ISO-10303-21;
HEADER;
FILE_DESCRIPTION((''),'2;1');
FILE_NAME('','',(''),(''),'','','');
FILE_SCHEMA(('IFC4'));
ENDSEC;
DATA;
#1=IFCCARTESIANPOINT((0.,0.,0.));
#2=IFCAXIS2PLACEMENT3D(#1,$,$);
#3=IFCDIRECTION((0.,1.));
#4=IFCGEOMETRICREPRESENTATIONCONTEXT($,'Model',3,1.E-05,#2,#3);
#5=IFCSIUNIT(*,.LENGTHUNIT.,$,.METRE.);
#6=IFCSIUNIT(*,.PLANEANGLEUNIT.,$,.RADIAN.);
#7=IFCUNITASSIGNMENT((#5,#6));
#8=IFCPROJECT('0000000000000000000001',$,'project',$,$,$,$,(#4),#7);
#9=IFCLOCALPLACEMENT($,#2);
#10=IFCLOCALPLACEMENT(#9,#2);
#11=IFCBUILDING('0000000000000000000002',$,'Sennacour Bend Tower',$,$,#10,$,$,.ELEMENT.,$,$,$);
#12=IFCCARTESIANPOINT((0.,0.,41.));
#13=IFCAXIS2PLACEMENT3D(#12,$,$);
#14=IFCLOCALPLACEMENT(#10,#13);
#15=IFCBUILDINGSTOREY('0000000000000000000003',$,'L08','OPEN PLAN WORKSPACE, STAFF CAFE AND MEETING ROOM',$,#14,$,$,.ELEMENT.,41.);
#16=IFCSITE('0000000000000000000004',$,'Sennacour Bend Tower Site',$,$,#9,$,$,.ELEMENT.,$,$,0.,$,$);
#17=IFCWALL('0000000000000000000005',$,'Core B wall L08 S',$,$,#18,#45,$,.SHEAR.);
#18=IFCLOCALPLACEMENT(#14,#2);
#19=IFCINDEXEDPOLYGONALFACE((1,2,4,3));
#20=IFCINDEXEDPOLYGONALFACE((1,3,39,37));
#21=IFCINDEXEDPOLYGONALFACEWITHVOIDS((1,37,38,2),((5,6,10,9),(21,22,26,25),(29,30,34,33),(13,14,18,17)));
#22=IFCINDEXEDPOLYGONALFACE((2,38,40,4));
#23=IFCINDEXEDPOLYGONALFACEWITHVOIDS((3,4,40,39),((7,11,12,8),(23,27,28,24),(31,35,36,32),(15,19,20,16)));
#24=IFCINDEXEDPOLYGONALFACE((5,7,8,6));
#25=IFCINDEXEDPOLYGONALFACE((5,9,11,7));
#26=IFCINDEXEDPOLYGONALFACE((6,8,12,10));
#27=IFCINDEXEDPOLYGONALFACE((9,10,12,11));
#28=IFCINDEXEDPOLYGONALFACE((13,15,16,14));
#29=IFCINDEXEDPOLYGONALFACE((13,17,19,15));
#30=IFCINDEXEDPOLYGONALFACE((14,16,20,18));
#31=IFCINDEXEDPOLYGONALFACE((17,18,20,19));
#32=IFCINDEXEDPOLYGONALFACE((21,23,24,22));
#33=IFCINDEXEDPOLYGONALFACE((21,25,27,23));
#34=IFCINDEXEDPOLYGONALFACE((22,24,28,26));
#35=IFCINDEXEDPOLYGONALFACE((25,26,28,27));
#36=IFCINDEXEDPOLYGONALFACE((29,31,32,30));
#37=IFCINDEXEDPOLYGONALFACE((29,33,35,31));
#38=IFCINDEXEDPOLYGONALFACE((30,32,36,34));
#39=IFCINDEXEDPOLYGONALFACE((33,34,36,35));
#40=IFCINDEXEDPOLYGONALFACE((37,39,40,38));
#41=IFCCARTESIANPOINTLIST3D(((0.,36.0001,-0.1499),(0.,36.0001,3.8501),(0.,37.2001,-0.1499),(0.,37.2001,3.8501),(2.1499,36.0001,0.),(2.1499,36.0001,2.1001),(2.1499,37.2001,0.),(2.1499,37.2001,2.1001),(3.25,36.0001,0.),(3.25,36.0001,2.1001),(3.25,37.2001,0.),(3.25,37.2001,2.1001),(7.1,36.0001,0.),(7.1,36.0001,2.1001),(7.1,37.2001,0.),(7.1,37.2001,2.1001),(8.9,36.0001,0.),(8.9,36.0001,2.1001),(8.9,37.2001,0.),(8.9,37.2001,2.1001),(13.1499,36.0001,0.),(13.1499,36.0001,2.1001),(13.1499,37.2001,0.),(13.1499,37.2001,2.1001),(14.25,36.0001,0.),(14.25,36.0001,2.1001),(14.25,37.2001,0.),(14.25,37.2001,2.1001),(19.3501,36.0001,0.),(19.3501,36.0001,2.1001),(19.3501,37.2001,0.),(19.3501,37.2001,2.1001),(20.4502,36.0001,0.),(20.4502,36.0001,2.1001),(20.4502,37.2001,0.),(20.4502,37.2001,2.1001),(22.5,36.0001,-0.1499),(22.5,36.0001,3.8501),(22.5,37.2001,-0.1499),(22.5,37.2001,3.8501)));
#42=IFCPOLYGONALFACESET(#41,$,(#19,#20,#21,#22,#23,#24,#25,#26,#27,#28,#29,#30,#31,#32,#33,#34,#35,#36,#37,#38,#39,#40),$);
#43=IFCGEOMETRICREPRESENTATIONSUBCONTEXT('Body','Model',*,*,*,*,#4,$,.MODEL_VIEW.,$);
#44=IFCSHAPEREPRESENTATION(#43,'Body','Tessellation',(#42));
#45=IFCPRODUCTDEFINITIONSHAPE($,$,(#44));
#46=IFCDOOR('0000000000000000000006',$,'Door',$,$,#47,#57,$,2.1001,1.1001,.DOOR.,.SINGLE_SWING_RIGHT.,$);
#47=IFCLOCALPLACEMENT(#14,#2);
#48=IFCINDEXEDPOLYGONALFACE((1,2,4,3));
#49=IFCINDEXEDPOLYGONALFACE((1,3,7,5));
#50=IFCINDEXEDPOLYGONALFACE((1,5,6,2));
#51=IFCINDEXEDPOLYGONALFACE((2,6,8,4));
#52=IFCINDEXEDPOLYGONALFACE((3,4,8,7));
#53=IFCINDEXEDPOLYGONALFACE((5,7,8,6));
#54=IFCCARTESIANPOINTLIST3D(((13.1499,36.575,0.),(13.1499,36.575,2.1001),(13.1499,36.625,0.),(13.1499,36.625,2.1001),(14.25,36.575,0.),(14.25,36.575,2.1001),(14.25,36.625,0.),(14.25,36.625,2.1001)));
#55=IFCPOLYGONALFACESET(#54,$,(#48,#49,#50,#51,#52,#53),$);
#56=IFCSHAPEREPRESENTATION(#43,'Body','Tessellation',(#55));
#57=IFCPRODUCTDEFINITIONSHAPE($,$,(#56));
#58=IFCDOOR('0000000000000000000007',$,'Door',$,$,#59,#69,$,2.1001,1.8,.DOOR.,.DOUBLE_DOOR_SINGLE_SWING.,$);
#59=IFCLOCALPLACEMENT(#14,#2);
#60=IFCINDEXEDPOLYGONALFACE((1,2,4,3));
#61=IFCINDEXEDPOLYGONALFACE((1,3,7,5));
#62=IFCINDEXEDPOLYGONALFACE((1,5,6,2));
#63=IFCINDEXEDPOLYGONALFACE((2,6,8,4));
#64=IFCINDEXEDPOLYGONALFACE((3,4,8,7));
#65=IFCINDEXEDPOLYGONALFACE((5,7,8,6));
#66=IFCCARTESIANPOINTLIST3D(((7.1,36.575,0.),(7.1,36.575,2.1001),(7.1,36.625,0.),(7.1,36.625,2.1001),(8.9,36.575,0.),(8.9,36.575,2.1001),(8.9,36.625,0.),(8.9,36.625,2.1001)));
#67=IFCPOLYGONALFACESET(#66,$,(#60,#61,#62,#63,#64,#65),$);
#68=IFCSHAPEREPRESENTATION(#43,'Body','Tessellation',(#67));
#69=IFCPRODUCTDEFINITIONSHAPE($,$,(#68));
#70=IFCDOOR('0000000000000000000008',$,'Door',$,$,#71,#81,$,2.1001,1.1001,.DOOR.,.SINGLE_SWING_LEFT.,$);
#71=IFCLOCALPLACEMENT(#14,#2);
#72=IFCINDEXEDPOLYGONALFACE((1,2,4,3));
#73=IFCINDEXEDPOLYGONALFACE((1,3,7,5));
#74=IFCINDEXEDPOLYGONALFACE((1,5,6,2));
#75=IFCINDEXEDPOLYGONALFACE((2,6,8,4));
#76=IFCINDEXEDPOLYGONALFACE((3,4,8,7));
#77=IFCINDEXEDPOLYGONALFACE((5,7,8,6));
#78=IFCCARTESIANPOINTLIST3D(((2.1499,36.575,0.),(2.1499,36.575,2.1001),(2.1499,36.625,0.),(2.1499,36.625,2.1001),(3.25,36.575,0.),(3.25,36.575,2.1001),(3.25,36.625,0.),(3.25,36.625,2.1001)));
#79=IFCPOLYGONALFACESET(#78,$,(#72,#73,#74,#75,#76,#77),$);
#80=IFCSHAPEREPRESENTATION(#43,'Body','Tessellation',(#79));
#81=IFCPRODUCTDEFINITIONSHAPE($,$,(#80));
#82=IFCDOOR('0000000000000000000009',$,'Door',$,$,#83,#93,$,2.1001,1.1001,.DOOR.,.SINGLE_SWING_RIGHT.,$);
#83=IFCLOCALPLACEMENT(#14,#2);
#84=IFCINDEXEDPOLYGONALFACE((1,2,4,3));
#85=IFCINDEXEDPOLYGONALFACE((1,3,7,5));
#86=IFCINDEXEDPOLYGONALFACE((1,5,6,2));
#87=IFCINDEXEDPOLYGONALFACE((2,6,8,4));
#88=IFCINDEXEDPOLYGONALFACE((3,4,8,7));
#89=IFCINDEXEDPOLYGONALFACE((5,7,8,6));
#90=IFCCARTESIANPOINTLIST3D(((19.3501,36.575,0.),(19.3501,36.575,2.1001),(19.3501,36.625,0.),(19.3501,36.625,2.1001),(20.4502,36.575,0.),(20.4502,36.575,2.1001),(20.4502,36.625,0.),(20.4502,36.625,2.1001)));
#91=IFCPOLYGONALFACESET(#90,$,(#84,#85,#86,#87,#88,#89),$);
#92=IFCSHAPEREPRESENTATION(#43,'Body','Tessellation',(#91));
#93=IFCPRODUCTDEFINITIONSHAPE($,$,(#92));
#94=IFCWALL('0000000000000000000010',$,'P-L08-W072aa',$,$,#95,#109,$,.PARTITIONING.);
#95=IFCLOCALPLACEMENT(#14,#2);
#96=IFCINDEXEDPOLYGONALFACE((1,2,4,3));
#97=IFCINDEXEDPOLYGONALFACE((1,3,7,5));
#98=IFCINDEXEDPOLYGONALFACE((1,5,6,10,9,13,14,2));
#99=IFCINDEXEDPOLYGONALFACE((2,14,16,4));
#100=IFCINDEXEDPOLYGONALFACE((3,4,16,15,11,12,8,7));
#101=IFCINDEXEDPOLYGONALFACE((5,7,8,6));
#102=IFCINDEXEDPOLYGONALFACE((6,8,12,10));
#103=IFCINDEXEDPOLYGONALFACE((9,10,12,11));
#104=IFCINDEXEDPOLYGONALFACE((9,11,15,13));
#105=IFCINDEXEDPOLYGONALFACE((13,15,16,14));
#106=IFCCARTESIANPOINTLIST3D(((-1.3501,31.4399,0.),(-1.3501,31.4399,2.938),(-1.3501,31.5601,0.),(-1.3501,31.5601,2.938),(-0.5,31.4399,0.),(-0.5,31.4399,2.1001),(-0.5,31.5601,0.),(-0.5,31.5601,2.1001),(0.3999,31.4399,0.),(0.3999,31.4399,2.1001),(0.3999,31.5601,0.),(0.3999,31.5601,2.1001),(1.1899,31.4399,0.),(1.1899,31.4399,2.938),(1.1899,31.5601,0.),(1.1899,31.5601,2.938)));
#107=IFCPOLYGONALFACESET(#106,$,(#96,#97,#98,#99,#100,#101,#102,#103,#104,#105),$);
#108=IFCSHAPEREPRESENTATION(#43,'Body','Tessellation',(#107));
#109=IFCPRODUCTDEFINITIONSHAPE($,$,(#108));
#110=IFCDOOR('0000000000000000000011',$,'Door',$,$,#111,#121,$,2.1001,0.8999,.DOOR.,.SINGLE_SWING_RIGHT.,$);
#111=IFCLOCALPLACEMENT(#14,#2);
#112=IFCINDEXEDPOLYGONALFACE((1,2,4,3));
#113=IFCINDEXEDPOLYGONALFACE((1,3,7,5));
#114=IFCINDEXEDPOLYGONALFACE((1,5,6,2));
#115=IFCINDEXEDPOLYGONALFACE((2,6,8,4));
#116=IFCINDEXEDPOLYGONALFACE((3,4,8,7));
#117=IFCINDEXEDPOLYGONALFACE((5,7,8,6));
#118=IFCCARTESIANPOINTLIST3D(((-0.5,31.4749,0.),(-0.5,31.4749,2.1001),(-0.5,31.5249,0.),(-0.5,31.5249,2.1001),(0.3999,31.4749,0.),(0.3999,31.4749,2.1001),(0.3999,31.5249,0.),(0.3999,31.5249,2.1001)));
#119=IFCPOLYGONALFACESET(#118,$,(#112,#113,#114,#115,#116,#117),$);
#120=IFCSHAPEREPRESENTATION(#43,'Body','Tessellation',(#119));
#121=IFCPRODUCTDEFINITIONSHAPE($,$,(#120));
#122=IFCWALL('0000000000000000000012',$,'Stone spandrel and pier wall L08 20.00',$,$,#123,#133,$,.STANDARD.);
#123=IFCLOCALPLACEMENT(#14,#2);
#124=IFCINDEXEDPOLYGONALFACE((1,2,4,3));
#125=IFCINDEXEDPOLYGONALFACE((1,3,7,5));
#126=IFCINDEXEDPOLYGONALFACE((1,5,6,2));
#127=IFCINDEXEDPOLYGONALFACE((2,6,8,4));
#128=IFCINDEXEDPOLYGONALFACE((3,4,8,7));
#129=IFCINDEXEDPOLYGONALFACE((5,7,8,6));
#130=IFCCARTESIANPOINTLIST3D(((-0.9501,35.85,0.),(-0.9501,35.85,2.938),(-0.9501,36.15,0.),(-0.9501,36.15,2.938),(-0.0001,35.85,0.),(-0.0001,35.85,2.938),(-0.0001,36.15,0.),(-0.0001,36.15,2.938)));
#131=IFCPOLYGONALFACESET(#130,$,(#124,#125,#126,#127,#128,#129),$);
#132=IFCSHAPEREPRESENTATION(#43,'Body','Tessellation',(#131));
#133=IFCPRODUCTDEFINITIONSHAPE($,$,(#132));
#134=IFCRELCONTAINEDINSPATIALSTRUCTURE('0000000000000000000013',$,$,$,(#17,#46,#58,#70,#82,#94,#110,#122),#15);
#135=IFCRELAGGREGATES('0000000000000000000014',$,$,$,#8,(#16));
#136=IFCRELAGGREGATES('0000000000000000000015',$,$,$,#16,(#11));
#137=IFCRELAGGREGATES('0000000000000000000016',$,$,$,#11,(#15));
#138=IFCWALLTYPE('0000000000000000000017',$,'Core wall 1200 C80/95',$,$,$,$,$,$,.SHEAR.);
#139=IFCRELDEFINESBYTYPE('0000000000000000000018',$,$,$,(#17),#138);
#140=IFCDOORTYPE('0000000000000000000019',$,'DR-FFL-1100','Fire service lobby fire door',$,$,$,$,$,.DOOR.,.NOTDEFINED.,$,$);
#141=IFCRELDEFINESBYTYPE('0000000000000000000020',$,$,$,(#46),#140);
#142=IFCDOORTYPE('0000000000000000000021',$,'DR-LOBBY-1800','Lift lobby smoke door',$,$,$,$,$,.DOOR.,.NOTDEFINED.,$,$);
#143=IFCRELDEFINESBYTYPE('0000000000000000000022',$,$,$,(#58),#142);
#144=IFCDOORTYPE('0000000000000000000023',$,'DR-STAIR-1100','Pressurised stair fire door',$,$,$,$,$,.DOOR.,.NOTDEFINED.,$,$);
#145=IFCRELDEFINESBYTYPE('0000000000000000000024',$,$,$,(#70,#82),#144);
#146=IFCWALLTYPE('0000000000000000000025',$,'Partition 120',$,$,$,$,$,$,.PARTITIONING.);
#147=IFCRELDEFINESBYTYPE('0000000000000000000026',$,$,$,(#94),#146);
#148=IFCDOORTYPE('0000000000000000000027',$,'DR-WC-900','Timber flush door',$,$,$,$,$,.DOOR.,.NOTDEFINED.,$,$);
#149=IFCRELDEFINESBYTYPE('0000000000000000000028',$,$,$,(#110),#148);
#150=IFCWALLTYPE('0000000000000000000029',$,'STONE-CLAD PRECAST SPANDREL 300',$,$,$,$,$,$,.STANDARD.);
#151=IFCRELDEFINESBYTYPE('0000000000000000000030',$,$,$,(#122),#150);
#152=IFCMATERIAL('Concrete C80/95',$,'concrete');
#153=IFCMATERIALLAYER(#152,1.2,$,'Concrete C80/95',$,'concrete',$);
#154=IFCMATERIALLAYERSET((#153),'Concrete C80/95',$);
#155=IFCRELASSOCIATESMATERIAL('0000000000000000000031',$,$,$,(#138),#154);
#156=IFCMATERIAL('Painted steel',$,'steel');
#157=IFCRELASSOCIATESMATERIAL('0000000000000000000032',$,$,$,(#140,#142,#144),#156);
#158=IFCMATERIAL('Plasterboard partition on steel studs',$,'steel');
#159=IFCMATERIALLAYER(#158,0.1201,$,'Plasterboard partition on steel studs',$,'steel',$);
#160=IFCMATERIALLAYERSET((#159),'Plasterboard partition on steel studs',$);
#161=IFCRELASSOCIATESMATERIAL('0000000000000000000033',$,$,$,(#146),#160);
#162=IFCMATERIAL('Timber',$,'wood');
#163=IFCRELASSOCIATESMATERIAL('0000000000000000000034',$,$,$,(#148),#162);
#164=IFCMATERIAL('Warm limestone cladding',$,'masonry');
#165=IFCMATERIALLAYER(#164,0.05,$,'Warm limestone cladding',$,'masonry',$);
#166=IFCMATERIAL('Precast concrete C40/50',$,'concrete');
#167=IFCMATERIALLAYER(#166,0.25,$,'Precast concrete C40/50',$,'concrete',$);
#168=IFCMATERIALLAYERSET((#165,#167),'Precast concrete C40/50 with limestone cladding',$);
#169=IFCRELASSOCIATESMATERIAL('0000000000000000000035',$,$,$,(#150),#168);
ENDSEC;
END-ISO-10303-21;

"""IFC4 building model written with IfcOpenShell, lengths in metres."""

from ifc_helpers import new_model, si_unit, direction, frame, frame_2d, origin, place, context, subcontext, project, spatial, rectangle, extrude, material, layer, layer_set, type_object, element, fill, save


model = new_model("IFC4")

# Units and contexts
model_context = context("Model", 3, precision=1e-05, world=origin(), true_north=direction((0.0, 1.0)))
body_context = subcontext(model_context, "Body", "Model", "MODEL_VIEW")
ifc_project = project(units=[si_unit("LENGTHUNIT", "METRE"), si_unit("PLANEANGLEUNIT", "RADIAN")], contexts=[model_context])

# Site, building, storey
site_placement = place(None, origin())
site = spatial("IfcSite", under=ifc_project, at=site_placement, Name="Sennacour Bend Tower Site", CompositionType="ELEMENT", RefElevation=0.0)
building_placement = place(site_placement, origin())
building = spatial("IfcBuilding", under=site, at=building_placement, Name="Sennacour Bend Tower", CompositionType="ELEMENT")
storey_placement = place(building_placement, frame((0.0, 0.0, 41.0)))
storey = spatial("IfcBuildingStorey", under=building, at=storey_placement, Name="L08", Description="OPEN PLAN WORKSPACE, STAFF CAFE AND MEETING ROOM", CompositionType="ELEMENT", Elevation=41.0)

# Wall, openings, doors
ifc_material_1 = material(Name="Concrete C80/95", Category="concrete")
ifc_layer_1 = layer(ifc_material_1, 1.2, Name="Concrete C80/95", Category="concrete")
ifc_layer_set_1 = layer_set([ifc_layer_1], Name="Concrete C80/95")
wall_type_1 = type_object("IfcWallType", Name="Core wall 1200 C80/95", PredefinedType="SHEAR", material=ifc_layer_set_1)
wall_1_placement = place(storey_placement, frame((0.0, 36.6001, -0.1499), z_axis=(0.0, 0.0, 1.0), x_axis=(1.0, 0.0, 0.0)))
wall_1 = element("IfcWall", 1, at=wall_1_placement, inside=storey, type_object=wall_type_1, Name="Core B wall L08 S", PredefinedType="SHEAR", context=body_context, shape_type="SweptSolid", body=[
    extrude(rectangle(XDim=22.5, YDim=1.2, at=frame_2d((11.25, 0.0))), origin(), (0.0, 0.0, 1.0), 4.0),
])
opening_1_placement = place(wall_1_placement, frame((7.1001, 0.0, 0.1499)))
opening_1 = element("IfcOpeningElement", 2, at=opening_1_placement, cuts=wall_1, PredefinedType="OPENING", context=body_context, shape_type="SweptSolid", body=[
    extrude(rectangle(XDim=1.8, YDim=2.1001, at=frame_2d((0.8999, 1.05))), frame((0.0, 0.6099, 0.0), z_axis=(0.0, -1.0, 0.0), x_axis=(1.0, 0.0, 0.0)), (0.0, 0.0, 1.0), 1.22),
])
opening_2_placement = place(wall_1_placement, frame((13.1499, 0.0, 0.1499)))
opening_2 = element("IfcOpeningElement", 3, at=opening_2_placement, cuts=wall_1, PredefinedType="OPENING", context=body_context, shape_type="SweptSolid", body=[
    extrude(rectangle(XDim=1.1001, YDim=2.1001, at=frame_2d((0.55, 1.05))), frame((0.0, 0.6099, 0.0), z_axis=(0.0, -1.0, 0.0), x_axis=(1.0, 0.0, 0.0)), (0.0, 0.0, 1.0), 1.22),
])
opening_3_placement = place(wall_1_placement, frame((2.1499, 0.0, 0.1499)))
opening_3 = element("IfcOpeningElement", 4, at=opening_3_placement, cuts=wall_1, PredefinedType="OPENING", context=body_context, shape_type="SweptSolid", body=[
    extrude(rectangle(XDim=1.1001, YDim=2.1001, at=frame_2d((0.55, 1.05))), frame((0.0, 0.6099, 0.0), z_axis=(0.0, -1.0, 0.0), x_axis=(1.0, 0.0, 0.0)), (0.0, 0.0, 1.0), 1.22),
])
opening_4_placement = place(wall_1_placement, frame((19.3501, 0.0, 0.1499)))
opening_4 = element("IfcOpeningElement", 5, at=opening_4_placement, cuts=wall_1, PredefinedType="OPENING", context=body_context, shape_type="SweptSolid", body=[
    extrude(rectangle(XDim=1.1001, YDim=2.1001, at=frame_2d((0.55, 1.05))), frame((0.0, 0.6099, 0.0), z_axis=(0.0, -1.0, 0.0), x_axis=(1.0, 0.0, 0.0)), (0.0, 0.0, 1.0), 1.22),
])
ifc_material_2 = material(Name="Painted steel", Category="steel")
door_type_1 = type_object("IfcDoorType", Name="DR-FFL-1100", Description="Fire service lobby fire door", OperationType="NOTDEFINED", PredefinedType="DOOR", material=ifc_material_2)
door_1_placement = place(opening_2_placement, origin())
door_1 = element("IfcDoor", 6, at=door_1_placement, inside=storey, type_object=door_type_1, Name="Door", OperationType="SINGLE_SWING_RIGHT", OverallHeight=2.1001, OverallWidth=1.1001, PredefinedType="DOOR", context=body_context, shape_type="SweptSolid", body=[
    extrude(rectangle(XDim=1.1001, YDim=2.1001, at=frame_2d((0.55, 1.05))), frame((0.0, 0.0249, 0.0), z_axis=(0.0, -1.0, 0.0), x_axis=(1.0, 0.0, 0.0)), (0.0, 0.0, 1.0), 0.05),
])
fill(opening_2, door_1)
door_type_2 = type_object("IfcDoorType", Name="DR-LOBBY-1800", Description="Lift lobby smoke door", OperationType="NOTDEFINED", PredefinedType="DOOR", material=ifc_material_2)
door_2_placement = place(opening_1_placement, origin())
door_2 = element("IfcDoor", 7, at=door_2_placement, inside=storey, type_object=door_type_2, Name="Door", OperationType="DOUBLE_DOOR_SINGLE_SWING", OverallHeight=2.1001, OverallWidth=1.8, PredefinedType="DOOR", context=body_context, shape_type="SweptSolid", body=[
    extrude(rectangle(XDim=1.8, YDim=2.1001, at=frame_2d((0.8999, 1.05))), frame((0.0, 0.0249, 0.0), z_axis=(0.0, -1.0, 0.0), x_axis=(1.0, 0.0, 0.0)), (0.0, 0.0, 1.0), 0.05),
])
fill(opening_1, door_2)
door_type_3 = type_object("IfcDoorType", Name="DR-STAIR-1100", Description="Pressurised stair fire door", OperationType="NOTDEFINED", PredefinedType="DOOR", material=ifc_material_2)
door_3_placement = place(opening_3_placement, origin())
door_3 = element("IfcDoor", 8, at=door_3_placement, inside=storey, type_object=door_type_3, Name="Door", OperationType="SINGLE_SWING_LEFT", OverallHeight=2.1001, OverallWidth=1.1001, PredefinedType="DOOR", context=body_context, shape_type="SweptSolid", body=[
    extrude(rectangle(XDim=1.1001, YDim=2.1001, at=frame_2d((0.55, 1.05))), frame((0.0, 0.0249, 0.0), z_axis=(0.0, -1.0, 0.0), x_axis=(1.0, 0.0, 0.0)), (0.0, 0.0, 1.0), 0.05),
])
fill(opening_3, door_3)
door_4_placement = place(opening_4_placement, origin())
door_4 = element("IfcDoor", 9, at=door_4_placement, inside=storey, type_object=door_type_3, Name="Door", OperationType="SINGLE_SWING_RIGHT", OverallHeight=2.1001, OverallWidth=1.1001, PredefinedType="DOOR", context=body_context, shape_type="SweptSolid", body=[
    extrude(rectangle(XDim=1.1001, YDim=2.1001, at=frame_2d((0.55, 1.05))), frame((0.0, 0.0249, 0.0), z_axis=(0.0, -1.0, 0.0), x_axis=(1.0, 0.0, 0.0)), (0.0, 0.0, 1.0), 0.05),
])
fill(opening_4, door_4)

# Wall, opening, door
ifc_material_3 = material(Name="Plasterboard partition on steel studs", Category="steel")
ifc_layer_2 = layer(ifc_material_3, 0.1201, Name="Plasterboard partition on steel studs", Category="steel")
ifc_layer_set_2 = layer_set([ifc_layer_2], Name="Plasterboard partition on steel studs")
wall_type_2 = type_object("IfcWallType", Name="Partition 120", PredefinedType="PARTITIONING", material=ifc_layer_set_2)
wall_2_placement = place(storey_placement, frame((-1.3501, 31.5, 0.0), z_axis=(0.0, 0.0, 1.0), x_axis=(1.0, 0.0, 0.0)))
wall_2 = element("IfcWall", 10, at=wall_2_placement, inside=storey, type_object=wall_type_2, Name="P-L08-W072aa", PredefinedType="PARTITIONING", context=body_context, shape_type="SweptSolid", body=[
    extrude(rectangle(XDim=2.54, YDim=0.1201, at=frame_2d((1.27, 0.0))), origin(), (0.0, 0.0, 1.0), 2.938),
])
opening_5_placement = place(wall_2_placement, frame((0.8501, 0.0, 0.0)))
opening_5 = element("IfcOpeningElement", 11, at=opening_5_placement, cuts=wall_2, PredefinedType="OPENING", context=body_context, shape_type="SweptSolid", body=[
    extrude(rectangle(XDim=0.8999, YDim=2.1001, at=frame_2d((0.45, 1.05))), frame((0.0, 0.0701, 0.0), z_axis=(0.0, -1.0, 0.0), x_axis=(1.0, 0.0, 0.0)), (0.0, 0.0, 1.0), 0.1401),
])
ifc_material_4 = material(Name="Timber", Category="wood")
door_type_4 = type_object("IfcDoorType", Name="DR-WC-900", Description="Timber flush door", OperationType="NOTDEFINED", PredefinedType="DOOR", material=ifc_material_4)
door_5_placement = place(opening_5_placement, origin())
door_5 = element("IfcDoor", 12, at=door_5_placement, inside=storey, type_object=door_type_4, Name="Door", OperationType="SINGLE_SWING_RIGHT", OverallHeight=2.1001, OverallWidth=0.8999, PredefinedType="DOOR", context=body_context, shape_type="SweptSolid", body=[
    extrude(rectangle(XDim=0.8999, YDim=2.1001, at=frame_2d((0.45, 1.05))), frame((0.0, 0.0249, 0.0), z_axis=(0.0, -1.0, 0.0), x_axis=(1.0, 0.0, 0.0)), (0.0, 0.0, 1.0), 0.05),
])
fill(opening_5, door_5)

# Wall
ifc_material_5 = material(Name="Warm limestone cladding", Category="masonry")
ifc_layer_3 = layer(ifc_material_5, 0.05, Name="Warm limestone cladding", Category="masonry")
ifc_material_6 = material(Name="Precast concrete C40/50", Category="concrete")
ifc_layer_4 = layer(ifc_material_6, 0.25, Name="Precast concrete C40/50", Category="concrete")
ifc_layer_set_3 = layer_set([ifc_layer_3, ifc_layer_4], Name="Precast concrete C40/50 with limestone cladding")
wall_type_3 = type_object("IfcWallType", Name="STONE-CLAD PRECAST SPANDREL 300", PredefinedType="STANDARD", material=ifc_layer_set_3)
wall_3_placement = place(storey_placement, frame((0.0, 36.0, 0.0), z_axis=(0.0, 0.0, 1.0), x_axis=(-1.0, 0.0, 0.0)))
element("IfcWall", 13, at=wall_3_placement, inside=storey, type_object=wall_type_3, Name="Stone spandrel and pier wall L08 20.00", PredefinedType="STANDARD", context=body_context, shape_type="SweptSolid", body=[
    extrude(rectangle(XDim=0.95, YDim=0.3, at=frame_2d((0.4751, 0.0))), origin(), (0.0, 0.0, 1.0), 2.938),
])

save(model, "model.ifc")
